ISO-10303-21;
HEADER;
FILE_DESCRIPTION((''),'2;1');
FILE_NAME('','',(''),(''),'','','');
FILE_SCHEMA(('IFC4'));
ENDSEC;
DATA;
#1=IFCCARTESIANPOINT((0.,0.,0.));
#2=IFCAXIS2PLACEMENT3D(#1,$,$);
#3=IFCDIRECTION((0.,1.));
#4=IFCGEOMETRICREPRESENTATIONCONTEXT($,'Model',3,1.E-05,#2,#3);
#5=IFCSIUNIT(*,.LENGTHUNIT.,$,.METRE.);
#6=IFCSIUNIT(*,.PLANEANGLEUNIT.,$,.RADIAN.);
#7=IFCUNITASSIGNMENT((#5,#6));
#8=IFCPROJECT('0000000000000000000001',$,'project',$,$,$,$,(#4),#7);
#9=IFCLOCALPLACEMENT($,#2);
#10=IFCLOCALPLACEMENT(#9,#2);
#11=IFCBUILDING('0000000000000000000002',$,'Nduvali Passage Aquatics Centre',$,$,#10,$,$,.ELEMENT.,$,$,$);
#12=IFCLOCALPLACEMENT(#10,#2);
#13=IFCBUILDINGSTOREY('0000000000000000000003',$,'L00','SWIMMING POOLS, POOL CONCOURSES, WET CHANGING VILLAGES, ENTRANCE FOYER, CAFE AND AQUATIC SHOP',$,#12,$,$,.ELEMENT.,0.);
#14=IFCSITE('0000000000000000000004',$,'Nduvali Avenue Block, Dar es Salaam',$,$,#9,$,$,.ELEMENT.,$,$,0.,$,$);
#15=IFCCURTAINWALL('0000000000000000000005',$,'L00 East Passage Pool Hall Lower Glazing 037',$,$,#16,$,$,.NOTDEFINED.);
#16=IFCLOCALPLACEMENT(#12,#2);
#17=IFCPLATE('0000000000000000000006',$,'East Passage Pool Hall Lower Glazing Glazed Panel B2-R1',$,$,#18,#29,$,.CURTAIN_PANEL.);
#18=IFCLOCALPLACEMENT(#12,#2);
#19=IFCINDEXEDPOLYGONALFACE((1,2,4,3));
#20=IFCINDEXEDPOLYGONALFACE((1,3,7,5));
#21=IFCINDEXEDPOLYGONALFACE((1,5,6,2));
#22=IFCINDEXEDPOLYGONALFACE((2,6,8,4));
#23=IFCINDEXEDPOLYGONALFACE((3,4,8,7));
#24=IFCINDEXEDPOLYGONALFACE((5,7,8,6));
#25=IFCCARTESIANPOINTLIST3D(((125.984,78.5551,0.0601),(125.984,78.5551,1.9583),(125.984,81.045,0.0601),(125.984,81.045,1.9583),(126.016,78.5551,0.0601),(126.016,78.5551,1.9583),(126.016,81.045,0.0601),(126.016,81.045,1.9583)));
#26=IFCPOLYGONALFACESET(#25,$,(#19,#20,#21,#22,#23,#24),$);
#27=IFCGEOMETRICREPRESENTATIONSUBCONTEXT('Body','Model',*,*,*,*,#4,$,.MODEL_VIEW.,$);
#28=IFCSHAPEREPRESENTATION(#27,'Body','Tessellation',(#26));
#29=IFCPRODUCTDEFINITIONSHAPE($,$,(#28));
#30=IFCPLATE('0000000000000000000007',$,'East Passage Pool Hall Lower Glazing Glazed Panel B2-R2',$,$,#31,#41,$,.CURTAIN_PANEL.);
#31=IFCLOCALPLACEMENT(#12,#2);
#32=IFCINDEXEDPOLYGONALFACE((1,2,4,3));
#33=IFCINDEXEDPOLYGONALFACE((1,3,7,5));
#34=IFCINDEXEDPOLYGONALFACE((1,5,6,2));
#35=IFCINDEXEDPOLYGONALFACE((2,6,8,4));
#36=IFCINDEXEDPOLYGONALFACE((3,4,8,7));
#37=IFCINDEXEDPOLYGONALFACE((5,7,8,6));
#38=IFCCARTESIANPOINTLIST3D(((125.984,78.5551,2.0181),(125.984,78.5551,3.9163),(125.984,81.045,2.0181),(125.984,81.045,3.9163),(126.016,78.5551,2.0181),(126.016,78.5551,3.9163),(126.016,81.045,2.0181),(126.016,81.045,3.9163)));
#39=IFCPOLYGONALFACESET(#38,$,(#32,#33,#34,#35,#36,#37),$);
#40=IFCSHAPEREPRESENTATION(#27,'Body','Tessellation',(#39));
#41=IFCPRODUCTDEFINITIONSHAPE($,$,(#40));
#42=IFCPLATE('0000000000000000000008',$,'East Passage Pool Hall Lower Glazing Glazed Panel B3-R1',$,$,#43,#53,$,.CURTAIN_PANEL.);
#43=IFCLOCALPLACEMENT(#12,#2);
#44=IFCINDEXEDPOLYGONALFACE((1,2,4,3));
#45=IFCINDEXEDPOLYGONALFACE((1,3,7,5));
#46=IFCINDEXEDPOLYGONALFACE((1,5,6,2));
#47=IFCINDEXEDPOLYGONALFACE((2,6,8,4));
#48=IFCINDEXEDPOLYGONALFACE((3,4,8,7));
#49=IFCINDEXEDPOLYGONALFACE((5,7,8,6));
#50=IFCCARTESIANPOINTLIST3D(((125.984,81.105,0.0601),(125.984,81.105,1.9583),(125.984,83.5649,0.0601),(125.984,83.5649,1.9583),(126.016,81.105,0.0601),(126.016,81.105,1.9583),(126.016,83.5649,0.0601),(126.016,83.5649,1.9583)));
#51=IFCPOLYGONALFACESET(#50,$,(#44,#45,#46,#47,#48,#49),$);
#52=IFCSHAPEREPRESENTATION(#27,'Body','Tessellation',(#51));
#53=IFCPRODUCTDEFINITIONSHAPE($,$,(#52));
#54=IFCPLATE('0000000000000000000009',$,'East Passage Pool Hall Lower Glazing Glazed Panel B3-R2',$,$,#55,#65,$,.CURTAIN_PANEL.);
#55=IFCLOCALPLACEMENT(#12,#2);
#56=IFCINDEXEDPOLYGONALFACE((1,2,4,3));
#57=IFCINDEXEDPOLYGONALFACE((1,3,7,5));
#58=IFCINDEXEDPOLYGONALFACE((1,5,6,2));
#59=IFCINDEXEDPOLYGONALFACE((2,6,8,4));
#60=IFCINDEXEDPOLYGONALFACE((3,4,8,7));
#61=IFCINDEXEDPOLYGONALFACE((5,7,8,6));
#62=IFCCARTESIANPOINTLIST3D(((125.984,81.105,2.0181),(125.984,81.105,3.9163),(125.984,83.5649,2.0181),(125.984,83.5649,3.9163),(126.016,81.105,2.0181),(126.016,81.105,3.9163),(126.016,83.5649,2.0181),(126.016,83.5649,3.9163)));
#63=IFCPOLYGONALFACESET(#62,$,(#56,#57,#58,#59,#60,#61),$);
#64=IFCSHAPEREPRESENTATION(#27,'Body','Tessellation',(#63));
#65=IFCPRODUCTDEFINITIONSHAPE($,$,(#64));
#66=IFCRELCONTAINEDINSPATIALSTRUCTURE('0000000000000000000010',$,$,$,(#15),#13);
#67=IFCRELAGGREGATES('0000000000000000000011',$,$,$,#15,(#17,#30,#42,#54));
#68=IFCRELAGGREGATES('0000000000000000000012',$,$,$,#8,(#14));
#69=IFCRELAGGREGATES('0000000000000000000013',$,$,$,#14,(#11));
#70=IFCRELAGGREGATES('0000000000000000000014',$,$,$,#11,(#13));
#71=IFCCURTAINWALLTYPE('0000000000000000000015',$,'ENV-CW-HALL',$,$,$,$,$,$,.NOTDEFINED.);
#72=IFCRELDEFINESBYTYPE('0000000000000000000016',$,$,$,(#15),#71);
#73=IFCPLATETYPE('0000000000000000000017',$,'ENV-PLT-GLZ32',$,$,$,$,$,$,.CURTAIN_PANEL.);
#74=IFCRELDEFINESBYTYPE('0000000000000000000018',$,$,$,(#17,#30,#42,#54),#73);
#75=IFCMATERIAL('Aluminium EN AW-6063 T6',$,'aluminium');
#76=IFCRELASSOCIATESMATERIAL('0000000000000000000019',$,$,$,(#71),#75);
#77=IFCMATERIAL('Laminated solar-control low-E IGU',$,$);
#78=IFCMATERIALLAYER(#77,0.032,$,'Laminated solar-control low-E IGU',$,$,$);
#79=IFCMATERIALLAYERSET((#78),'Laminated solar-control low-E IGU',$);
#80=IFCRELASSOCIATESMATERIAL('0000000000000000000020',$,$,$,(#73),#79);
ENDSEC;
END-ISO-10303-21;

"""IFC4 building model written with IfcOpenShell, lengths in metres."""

from ifc_helpers import new_model, si_unit, direction, frame, origin, origin_2d, place, context, subcontext, project, spatial, rectangle, extrude, material, layer, layer_set, type_object, element, aggregate, save


model = new_model("IFC4")

# Units and contexts
model_context = context("Model", 3, precision=1e-05, world=origin(), true_north=direction((0.0, 1.0)))
body_context = subcontext(model_context, "Body", "Model", "MODEL_VIEW")
ifc_project = project(units=[si_unit("LENGTHUNIT", "METRE"), si_unit("PLANEANGLEUNIT", "RADIAN")], contexts=[model_context])

# Site, building, storey
site_placement = place(None, origin())
site = spatial("IfcSite", under=ifc_project, at=site_placement, Name="Nduvali Avenue Block, Dar es Salaam", CompositionType="ELEMENT", RefElevation=0.0)
building_placement = place(site_placement, origin())
building = spatial("IfcBuilding", under=site, at=building_placement, Name="Nduvali Passage Aquatics Centre", CompositionType="ELEMENT")
storey_placement = place(building_placement, origin())
storey = spatial("IfcBuildingStorey", under=building, at=storey_placement, Name="L00", Description="SWIMMING POOLS, POOL CONCOURSES, WET CHANGING VILLAGES, ENTRANCE FOYER, CAFE AND AQUATIC SHOP", CompositionType="ELEMENT", Elevation=0.0)

# Curtain wall
ifc_material_1 = material(Name="Aluminium EN AW-6063 T6", Category="aluminium")
curtain_wall_type = type_object("IfcCurtainWallType", Name="ENV-CW-HALL", PredefinedType="NOTDEFINED", material=ifc_material_1)
curtain_wall_placement = place(storey_placement, origin())
curtain_wall = element("IfcCurtainWall", 1, at=curtain_wall_placement, inside=storey, type_object=curtain_wall_type, Name="L00 East Passage Pool Hall Lower Glazing 037", PredefinedType="NOTDEFINED")

# Plates
ifc_material_2 = material(Name="Laminated solar-control low-E IGU")
ifc_layer_1 = layer(ifc_material_2, 0.032, Name="Laminated solar-control low-E IGU")
ifc_layer_set_1 = layer_set([ifc_layer_1], Name="Laminated solar-control low-E IGU")
plate_type = type_object("IfcPlateType", Name="ENV-PLT-GLZ32", PredefinedType="CURTAIN_PANEL", material=ifc_layer_set_1)
plate_1_placement = place(storey_placement, frame((126.0, 79.8, 0.0601), z_axis=(0.0, 0.0, 1.0), x_axis=(0.0, 1.0, 0.0)))
plate_1 = element("IfcPlate", 2, at=plate_1_placement, type_object=plate_type, Name="East Passage Pool Hall Lower Glazing Glazed Panel B2-R1", PredefinedType="CURTAIN_PANEL", context=body_context, shape_type="SweptSolid", body=[
    extrude(rectangle(XDim=2.49, YDim=0.032, at=origin_2d()), origin(), (0.0, 0.0, 1.0), 1.8982),
])
plate_2_placement = place(storey_placement, frame((126.0, 79.8, 2.0181), z_axis=(0.0, 0.0, 1.0), x_axis=(0.0, 1.0, 0.0)))
plate_2 = element("IfcPlate", 3, at=plate_2_placement, type_object=plate_type, Name="East Passage Pool Hall Lower Glazing Glazed Panel B2-R2", PredefinedType="CURTAIN_PANEL", context=body_context, shape_type="SweptSolid", body=[
    extrude(rectangle(XDim=2.49, YDim=0.032, at=origin_2d()), origin(), (0.0, 0.0, 1.0), 1.8982),
])
plate_3_placement = place(storey_placement, frame((126.0, 82.335, 0.0601), z_axis=(0.0, 0.0, 1.0), x_axis=(0.0, 1.0, 0.0)))
plate_3 = element("IfcPlate", 4, at=plate_3_placement, type_object=plate_type, Name="East Passage Pool Hall Lower Glazing Glazed Panel B3-R1", PredefinedType="CURTAIN_PANEL", context=body_context, shape_type="SweptSolid", body=[
    extrude(rectangle(XDim=2.46, YDim=0.032, at=origin_2d()), origin(), (0.0, 0.0, 1.0), 1.8982),
])
plate_4_placement = place(storey_placement, frame((126.0, 82.335, 2.0181), z_axis=(0.0, 0.0, 1.0), x_axis=(0.0, 1.0, 0.0)))
plate_4 = element("IfcPlate", 5, at=plate_4_placement, type_object=plate_type, Name="East Passage Pool Hall Lower Glazing Glazed Panel B3-R2", PredefinedType="CURTAIN_PANEL", context=body_context, shape_type="SweptSolid", body=[
    extrude(rectangle(XDim=2.46, YDim=0.032, at=origin_2d()), origin(), (0.0, 0.0, 1.0), 1.8982),
])
aggregate(curtain_wall, [plate_1, plate_2, plate_3, plate_4])

save(model, "model.ifc")
